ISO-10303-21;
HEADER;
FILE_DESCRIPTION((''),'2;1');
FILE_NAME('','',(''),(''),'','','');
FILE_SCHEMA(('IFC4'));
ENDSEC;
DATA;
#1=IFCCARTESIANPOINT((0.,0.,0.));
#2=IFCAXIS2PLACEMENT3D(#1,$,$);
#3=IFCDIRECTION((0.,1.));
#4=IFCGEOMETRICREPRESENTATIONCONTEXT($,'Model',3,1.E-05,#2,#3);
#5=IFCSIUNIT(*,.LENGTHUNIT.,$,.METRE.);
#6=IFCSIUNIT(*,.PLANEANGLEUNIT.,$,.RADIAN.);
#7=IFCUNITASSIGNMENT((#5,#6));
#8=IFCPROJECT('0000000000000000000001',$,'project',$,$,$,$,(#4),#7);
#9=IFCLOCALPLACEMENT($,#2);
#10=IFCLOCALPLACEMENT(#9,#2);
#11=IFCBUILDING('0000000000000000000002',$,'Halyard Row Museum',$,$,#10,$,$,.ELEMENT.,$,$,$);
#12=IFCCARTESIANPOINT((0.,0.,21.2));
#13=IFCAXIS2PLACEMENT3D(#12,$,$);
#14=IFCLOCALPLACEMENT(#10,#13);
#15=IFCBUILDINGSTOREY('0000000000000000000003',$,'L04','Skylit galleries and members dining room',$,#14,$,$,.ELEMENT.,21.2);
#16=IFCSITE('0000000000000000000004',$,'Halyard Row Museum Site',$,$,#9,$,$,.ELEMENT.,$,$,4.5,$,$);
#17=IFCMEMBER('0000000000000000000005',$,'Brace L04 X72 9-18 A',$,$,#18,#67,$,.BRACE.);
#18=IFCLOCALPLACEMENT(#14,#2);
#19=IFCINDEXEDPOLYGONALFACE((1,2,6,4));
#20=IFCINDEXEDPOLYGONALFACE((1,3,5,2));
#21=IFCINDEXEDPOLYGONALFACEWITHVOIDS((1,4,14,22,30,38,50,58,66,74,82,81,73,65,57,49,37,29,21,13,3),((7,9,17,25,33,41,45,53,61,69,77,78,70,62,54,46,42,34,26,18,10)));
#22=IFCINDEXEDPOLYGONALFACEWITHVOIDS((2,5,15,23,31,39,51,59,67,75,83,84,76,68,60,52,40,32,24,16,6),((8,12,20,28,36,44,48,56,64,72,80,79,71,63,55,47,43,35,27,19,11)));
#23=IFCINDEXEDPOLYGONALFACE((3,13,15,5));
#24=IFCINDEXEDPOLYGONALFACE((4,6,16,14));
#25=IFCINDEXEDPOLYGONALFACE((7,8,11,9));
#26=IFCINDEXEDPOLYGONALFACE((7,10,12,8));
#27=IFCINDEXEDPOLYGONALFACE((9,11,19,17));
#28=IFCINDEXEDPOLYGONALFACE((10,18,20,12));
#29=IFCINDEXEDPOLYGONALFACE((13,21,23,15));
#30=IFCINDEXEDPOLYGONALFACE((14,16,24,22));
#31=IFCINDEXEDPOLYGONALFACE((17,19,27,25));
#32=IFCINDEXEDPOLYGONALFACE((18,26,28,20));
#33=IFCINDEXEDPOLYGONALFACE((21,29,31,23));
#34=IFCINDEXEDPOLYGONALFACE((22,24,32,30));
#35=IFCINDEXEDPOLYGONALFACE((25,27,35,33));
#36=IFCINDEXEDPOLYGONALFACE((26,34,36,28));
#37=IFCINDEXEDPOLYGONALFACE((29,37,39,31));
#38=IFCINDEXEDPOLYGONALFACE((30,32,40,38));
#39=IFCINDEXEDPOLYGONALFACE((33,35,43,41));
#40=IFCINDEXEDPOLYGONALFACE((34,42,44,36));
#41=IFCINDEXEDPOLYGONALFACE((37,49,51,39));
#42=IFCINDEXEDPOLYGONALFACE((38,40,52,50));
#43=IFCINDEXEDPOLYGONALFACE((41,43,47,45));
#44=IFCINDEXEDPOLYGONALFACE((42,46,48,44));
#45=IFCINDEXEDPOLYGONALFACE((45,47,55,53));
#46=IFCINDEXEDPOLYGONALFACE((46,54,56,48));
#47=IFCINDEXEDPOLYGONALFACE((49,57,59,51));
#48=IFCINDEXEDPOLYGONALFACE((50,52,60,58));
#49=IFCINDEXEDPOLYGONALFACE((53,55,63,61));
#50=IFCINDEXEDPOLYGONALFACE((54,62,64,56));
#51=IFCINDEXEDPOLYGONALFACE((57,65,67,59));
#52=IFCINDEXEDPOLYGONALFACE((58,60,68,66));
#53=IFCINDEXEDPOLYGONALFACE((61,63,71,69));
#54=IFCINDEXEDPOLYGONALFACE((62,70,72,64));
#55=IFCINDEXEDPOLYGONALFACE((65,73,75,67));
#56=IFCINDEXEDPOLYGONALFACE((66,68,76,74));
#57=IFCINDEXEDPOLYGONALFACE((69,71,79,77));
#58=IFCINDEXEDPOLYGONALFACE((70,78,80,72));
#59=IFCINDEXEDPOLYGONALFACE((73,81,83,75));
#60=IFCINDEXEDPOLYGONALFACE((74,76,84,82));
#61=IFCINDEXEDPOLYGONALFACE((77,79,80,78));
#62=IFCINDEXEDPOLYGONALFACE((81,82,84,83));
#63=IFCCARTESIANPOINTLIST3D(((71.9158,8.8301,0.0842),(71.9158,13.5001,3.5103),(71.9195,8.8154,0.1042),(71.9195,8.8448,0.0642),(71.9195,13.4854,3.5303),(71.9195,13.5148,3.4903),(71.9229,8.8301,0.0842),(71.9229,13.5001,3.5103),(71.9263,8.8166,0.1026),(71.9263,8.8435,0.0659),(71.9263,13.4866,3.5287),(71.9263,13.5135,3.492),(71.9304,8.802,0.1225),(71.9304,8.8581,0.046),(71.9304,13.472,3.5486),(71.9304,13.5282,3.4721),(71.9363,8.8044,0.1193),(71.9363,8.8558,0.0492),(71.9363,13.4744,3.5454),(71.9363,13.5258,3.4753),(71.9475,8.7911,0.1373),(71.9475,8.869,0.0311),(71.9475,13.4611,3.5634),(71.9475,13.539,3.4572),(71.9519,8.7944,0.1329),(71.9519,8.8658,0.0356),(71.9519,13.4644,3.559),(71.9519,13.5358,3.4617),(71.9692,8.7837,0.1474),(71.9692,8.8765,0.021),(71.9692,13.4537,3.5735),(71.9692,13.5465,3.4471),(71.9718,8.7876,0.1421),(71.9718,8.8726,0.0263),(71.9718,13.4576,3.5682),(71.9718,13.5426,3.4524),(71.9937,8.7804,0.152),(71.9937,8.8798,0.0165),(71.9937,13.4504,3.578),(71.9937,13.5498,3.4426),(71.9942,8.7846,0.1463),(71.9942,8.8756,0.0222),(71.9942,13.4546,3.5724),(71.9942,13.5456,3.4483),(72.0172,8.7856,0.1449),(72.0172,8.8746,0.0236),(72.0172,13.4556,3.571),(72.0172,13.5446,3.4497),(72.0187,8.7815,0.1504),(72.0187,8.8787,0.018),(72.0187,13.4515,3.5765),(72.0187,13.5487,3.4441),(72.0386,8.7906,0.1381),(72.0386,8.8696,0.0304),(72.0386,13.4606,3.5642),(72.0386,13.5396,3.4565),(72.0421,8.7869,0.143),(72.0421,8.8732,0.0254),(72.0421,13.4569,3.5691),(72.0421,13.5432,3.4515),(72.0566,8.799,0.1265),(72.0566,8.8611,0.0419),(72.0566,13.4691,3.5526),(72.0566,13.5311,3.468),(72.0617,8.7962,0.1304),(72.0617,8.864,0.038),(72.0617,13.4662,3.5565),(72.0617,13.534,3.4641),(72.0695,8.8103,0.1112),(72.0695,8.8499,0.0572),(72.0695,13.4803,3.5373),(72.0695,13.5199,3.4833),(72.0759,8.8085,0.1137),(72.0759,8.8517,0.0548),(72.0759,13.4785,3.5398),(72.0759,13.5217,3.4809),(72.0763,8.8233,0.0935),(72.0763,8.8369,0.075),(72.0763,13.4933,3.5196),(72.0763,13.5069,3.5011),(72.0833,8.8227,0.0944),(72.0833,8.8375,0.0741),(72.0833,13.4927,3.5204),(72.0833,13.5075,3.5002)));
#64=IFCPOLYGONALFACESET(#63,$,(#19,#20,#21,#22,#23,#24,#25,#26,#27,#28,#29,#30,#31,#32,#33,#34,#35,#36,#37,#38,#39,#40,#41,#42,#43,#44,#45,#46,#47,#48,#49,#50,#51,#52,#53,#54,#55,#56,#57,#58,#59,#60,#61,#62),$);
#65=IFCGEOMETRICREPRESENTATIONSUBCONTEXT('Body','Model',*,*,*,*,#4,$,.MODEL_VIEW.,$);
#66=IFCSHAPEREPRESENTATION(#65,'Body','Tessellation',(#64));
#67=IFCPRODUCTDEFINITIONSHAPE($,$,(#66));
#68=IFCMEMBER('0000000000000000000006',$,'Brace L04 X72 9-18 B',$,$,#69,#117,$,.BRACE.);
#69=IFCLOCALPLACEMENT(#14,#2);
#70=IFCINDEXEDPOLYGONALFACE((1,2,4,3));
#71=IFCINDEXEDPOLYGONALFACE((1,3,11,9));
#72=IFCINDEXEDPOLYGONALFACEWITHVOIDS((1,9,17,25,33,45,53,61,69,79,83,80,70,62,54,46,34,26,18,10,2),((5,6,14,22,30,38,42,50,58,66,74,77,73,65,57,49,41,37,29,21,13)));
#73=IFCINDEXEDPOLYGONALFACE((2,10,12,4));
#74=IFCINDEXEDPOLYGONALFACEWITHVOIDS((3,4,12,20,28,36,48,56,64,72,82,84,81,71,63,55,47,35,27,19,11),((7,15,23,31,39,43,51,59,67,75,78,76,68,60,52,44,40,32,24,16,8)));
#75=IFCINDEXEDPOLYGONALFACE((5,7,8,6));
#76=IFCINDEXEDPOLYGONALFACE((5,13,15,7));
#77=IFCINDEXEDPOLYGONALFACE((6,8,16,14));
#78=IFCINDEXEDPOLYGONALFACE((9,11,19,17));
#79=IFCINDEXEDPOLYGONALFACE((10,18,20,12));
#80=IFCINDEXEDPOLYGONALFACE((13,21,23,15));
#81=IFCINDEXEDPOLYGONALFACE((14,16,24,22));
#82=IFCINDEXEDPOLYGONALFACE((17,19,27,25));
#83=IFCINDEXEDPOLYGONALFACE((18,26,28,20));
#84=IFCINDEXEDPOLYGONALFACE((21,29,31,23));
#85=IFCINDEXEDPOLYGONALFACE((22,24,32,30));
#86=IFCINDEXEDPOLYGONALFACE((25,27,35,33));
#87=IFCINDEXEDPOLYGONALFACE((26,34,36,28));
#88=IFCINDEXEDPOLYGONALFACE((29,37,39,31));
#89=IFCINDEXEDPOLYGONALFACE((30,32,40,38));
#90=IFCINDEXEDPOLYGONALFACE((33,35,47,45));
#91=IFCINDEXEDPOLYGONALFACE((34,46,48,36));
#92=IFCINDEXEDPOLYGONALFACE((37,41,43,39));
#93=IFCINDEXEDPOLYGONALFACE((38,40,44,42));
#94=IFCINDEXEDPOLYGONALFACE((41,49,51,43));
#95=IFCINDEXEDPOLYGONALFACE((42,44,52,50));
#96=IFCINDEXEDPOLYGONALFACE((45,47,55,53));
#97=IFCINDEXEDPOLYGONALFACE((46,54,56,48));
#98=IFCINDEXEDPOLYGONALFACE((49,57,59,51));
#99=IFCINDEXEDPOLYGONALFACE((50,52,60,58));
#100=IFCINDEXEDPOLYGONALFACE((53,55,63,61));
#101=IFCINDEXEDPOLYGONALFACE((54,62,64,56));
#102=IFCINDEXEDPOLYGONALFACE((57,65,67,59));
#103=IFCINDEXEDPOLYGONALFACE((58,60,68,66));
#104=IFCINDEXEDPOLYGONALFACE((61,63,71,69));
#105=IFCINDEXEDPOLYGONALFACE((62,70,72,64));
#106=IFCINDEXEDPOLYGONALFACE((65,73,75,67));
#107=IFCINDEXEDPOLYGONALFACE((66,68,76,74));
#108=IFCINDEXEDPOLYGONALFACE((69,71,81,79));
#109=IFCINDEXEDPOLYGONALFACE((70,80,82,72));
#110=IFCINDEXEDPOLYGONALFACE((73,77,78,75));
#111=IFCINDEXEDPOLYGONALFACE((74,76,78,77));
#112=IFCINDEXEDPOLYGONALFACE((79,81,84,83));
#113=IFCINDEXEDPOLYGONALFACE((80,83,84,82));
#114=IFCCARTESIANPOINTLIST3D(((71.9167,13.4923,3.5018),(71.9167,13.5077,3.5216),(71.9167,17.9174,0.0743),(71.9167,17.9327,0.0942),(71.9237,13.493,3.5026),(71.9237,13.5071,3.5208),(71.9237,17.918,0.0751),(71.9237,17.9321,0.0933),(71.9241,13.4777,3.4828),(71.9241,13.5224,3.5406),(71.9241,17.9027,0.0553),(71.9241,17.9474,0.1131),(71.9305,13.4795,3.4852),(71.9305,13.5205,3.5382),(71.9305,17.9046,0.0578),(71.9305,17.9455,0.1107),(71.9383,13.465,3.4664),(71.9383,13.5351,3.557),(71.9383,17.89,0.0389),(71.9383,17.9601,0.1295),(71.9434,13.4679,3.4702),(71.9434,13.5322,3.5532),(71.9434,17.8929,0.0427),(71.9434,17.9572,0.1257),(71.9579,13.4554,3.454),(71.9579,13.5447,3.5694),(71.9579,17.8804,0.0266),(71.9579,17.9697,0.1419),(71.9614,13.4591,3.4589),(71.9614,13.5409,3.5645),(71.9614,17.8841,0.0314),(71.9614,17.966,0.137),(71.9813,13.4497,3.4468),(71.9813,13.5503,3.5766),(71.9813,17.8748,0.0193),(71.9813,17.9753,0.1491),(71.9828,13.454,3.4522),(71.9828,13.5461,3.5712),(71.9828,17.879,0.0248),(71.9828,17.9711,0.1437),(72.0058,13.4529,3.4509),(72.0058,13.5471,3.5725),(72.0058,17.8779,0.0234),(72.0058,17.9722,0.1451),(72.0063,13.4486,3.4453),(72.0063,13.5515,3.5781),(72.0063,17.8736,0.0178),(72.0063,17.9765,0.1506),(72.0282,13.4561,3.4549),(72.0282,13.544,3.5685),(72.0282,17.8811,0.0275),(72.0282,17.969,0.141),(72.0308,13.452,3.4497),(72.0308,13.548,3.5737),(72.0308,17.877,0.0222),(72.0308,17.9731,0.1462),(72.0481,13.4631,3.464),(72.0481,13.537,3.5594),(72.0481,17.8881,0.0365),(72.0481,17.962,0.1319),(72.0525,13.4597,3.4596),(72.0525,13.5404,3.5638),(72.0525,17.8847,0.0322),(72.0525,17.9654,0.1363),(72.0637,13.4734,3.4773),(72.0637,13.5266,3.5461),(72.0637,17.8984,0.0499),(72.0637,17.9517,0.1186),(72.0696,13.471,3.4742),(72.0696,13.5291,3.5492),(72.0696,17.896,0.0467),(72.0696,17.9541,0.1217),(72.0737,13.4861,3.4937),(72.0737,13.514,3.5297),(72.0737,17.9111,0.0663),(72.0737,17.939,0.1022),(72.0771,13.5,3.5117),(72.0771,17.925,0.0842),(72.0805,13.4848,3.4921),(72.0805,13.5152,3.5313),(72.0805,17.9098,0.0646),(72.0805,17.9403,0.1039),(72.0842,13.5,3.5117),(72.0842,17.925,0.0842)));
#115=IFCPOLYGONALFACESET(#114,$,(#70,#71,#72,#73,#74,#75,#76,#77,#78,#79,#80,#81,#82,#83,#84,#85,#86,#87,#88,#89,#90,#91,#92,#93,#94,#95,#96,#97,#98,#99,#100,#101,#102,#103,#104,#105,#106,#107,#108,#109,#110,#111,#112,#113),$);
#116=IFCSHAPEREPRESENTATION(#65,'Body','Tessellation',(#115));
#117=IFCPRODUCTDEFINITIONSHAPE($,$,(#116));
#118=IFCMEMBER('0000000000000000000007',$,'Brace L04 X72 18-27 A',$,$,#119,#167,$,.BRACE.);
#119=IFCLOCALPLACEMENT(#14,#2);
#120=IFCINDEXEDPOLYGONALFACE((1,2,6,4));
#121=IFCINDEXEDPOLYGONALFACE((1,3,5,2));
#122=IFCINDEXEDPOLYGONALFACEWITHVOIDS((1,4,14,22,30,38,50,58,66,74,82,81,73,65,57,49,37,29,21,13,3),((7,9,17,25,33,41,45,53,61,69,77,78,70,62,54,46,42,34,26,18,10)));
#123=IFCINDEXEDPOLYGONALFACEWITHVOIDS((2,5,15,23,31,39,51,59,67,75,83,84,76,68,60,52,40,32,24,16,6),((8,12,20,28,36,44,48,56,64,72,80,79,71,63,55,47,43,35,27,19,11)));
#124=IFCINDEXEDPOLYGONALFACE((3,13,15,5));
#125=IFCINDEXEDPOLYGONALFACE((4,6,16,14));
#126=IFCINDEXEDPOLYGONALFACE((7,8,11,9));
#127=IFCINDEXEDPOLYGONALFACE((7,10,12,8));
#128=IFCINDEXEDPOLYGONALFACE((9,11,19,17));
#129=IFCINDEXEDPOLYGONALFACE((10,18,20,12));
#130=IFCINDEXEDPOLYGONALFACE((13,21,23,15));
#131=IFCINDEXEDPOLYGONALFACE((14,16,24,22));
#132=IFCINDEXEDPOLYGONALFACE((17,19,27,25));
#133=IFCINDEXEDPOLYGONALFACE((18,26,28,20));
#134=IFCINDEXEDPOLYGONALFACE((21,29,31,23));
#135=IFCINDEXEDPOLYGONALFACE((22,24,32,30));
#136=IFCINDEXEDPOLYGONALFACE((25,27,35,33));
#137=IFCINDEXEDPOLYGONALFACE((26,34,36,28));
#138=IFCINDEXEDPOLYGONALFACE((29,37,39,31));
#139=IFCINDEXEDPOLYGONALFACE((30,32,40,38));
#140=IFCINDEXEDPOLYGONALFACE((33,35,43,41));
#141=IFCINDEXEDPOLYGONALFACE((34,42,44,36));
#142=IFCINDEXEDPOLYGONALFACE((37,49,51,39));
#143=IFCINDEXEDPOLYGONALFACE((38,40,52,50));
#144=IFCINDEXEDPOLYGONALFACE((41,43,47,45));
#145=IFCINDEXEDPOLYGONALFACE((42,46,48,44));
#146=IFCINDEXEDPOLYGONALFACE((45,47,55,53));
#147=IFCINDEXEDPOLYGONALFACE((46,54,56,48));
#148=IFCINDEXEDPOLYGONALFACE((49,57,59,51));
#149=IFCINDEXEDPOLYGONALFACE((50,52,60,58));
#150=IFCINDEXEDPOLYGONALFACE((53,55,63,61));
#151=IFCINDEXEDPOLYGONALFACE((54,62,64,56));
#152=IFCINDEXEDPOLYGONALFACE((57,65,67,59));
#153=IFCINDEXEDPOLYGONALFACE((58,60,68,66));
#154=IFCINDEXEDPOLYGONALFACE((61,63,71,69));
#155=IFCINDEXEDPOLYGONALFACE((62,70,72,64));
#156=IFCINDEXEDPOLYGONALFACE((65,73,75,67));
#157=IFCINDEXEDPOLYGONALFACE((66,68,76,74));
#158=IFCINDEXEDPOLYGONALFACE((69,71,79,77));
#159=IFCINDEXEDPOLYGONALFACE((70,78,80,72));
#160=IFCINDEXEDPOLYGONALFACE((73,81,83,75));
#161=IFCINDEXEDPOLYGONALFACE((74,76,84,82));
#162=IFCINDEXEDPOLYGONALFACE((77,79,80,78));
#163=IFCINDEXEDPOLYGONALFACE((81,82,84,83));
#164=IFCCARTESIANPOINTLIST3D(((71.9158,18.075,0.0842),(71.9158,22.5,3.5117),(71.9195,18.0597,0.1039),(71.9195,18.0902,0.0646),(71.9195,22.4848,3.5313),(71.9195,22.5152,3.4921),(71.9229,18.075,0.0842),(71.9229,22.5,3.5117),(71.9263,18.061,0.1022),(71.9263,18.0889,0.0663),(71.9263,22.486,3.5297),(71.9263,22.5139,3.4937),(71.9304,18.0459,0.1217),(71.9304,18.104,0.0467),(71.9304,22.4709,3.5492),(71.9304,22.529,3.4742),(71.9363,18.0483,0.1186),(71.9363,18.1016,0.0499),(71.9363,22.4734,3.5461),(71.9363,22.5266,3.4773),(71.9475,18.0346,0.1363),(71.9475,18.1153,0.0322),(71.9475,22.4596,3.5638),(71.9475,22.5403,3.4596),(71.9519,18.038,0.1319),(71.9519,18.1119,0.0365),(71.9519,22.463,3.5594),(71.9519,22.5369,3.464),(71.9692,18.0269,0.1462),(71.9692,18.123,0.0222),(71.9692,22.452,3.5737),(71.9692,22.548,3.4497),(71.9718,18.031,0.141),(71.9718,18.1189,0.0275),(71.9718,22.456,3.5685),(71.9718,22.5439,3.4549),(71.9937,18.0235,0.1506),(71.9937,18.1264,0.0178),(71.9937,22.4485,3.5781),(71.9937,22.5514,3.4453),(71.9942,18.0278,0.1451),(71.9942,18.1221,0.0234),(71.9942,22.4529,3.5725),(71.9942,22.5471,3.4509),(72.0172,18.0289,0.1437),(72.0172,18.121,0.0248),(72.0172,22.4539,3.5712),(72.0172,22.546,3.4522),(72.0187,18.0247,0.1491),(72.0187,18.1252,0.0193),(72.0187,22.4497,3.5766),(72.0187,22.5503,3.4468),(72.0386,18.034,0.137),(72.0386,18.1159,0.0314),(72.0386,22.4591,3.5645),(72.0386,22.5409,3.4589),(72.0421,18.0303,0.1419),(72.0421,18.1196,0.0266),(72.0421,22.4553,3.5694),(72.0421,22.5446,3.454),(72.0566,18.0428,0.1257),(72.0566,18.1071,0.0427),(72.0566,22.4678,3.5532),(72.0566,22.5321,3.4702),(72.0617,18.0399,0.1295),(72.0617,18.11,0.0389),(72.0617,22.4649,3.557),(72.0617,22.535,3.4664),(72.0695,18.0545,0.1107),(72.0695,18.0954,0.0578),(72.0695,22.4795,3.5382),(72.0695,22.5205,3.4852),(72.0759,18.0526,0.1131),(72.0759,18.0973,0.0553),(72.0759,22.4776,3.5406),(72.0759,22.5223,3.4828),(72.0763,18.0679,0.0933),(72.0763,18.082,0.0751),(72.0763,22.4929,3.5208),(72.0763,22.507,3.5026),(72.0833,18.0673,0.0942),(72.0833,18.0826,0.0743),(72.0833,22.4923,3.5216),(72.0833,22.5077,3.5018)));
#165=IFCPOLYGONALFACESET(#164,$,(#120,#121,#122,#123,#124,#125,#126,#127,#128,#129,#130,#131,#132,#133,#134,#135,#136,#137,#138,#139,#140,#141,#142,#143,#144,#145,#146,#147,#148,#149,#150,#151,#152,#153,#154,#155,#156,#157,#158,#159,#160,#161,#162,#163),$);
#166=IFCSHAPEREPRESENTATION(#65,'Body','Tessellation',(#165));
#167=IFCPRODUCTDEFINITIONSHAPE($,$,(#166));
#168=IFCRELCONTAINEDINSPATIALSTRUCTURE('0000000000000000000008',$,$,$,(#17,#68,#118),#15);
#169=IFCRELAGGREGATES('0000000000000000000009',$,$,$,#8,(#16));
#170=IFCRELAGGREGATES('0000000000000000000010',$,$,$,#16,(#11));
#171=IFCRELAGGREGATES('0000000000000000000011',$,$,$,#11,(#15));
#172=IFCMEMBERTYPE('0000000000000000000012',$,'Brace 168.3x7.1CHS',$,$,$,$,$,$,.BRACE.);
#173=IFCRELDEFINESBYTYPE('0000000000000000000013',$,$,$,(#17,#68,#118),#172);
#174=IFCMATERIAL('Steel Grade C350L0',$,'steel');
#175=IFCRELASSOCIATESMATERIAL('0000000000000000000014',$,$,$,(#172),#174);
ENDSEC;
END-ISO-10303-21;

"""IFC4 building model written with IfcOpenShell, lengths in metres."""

from ifc_helpers import new_model, si_unit, direction, frame, origin, origin_2d, place, context, subcontext, project, spatial, hollow_circle, extrude, material, material_profile, profile_set, type_object, element, save


model = new_model("IFC4")

# Units and contexts
model_context = context("Model", 3, precision=1e-05, world=origin(), true_north=direction((0.0, 1.0)))
body_context = subcontext(model_context, "Body", "Model", "MODEL_VIEW")
ifc_project = project(units=[si_unit("LENGTHUNIT", "METRE"), si_unit("PLANEANGLEUNIT", "RADIAN")], contexts=[model_context])

# Site, building, storey
site_placement = place(None, origin())
site = spatial("IfcSite", under=ifc_project, at=site_placement, Name="Halyard Row Museum Site", CompositionType="ELEMENT", RefElevation=4.5)
building_placement = place(site_placement, origin())
building = spatial("IfcBuilding", under=site, at=building_placement, Name="Halyard Row Museum", CompositionType="ELEMENT")
storey_placement = place(building_placement, frame((0.0, 0.0, 21.2)))
storey = spatial("IfcBuildingStorey", under=building, at=storey_placement, Name="L04", Description="Skylit galleries and members dining room", CompositionType="ELEMENT", Elevation=21.2)

# Members
ifc_material_1 = material(Name="Steel Grade C350L0", Category="steel")
ifc_material_profile_1 = material_profile(ifc_material_1, hollow_circle(Radius=0.0842, WallThickness=0.0071, at=origin_2d()), Name="168.3x7.1CHS")
ifc_profile_set_1 = profile_set([ifc_material_profile_1], Name="Steel Grade C350L0")
member_type_1 = type_object("IfcMemberType", Name="Brace 168.3x7.1CHS", PredefinedType="BRACE", material=ifc_profile_set_1)
member_1_placement = place(storey_placement, frame((72.0, 8.8301, 0.0842), z_axis=(0.0, 0.806288, 0.591523), x_axis=(-1.0, 0.0, 0.0)))
element("IfcMember", 1, at=member_1_placement, inside=storey, type_object=member_type_1, Name="Brace L04 X72 9-18 A", PredefinedType="BRACE", context=body_context, shape_type="SweptSolid", body=[
    extrude(hollow_circle(Radius=0.0842, WallThickness=0.0071, at=origin_2d()), origin(), (0.0, 0.0, 1.0), 5.792),
])
for number, where, z_axis, x_axis, name in (
    (2, (72.0, 17.925, 0.0842), (0.0, -0.790581, 0.612357), (1.0, 0.0, 0.0), "Brace L04 X72 9-18 B"),
    (3, (72.0, 18.075, 0.0842), (0.0, 0.790581, 0.612357), (-1.0, 0.0, 0.0), "Brace L04 X72 18-27 A"),
):
    element("IfcMember", number, at=place(storey_placement, frame(where, z_axis=z_axis, x_axis=x_axis)), inside=storey, type_object=member_type_1, Name=name, PredefinedType="BRACE", context=body_context, shape_type="SweptSolid", body=[
        extrude(hollow_circle(Radius=0.0842, WallThickness=0.0071, at=origin_2d()), origin(), (0.0, 0.0, 1.0), 5.5972),
    ])

save(model, "model.ifc")
